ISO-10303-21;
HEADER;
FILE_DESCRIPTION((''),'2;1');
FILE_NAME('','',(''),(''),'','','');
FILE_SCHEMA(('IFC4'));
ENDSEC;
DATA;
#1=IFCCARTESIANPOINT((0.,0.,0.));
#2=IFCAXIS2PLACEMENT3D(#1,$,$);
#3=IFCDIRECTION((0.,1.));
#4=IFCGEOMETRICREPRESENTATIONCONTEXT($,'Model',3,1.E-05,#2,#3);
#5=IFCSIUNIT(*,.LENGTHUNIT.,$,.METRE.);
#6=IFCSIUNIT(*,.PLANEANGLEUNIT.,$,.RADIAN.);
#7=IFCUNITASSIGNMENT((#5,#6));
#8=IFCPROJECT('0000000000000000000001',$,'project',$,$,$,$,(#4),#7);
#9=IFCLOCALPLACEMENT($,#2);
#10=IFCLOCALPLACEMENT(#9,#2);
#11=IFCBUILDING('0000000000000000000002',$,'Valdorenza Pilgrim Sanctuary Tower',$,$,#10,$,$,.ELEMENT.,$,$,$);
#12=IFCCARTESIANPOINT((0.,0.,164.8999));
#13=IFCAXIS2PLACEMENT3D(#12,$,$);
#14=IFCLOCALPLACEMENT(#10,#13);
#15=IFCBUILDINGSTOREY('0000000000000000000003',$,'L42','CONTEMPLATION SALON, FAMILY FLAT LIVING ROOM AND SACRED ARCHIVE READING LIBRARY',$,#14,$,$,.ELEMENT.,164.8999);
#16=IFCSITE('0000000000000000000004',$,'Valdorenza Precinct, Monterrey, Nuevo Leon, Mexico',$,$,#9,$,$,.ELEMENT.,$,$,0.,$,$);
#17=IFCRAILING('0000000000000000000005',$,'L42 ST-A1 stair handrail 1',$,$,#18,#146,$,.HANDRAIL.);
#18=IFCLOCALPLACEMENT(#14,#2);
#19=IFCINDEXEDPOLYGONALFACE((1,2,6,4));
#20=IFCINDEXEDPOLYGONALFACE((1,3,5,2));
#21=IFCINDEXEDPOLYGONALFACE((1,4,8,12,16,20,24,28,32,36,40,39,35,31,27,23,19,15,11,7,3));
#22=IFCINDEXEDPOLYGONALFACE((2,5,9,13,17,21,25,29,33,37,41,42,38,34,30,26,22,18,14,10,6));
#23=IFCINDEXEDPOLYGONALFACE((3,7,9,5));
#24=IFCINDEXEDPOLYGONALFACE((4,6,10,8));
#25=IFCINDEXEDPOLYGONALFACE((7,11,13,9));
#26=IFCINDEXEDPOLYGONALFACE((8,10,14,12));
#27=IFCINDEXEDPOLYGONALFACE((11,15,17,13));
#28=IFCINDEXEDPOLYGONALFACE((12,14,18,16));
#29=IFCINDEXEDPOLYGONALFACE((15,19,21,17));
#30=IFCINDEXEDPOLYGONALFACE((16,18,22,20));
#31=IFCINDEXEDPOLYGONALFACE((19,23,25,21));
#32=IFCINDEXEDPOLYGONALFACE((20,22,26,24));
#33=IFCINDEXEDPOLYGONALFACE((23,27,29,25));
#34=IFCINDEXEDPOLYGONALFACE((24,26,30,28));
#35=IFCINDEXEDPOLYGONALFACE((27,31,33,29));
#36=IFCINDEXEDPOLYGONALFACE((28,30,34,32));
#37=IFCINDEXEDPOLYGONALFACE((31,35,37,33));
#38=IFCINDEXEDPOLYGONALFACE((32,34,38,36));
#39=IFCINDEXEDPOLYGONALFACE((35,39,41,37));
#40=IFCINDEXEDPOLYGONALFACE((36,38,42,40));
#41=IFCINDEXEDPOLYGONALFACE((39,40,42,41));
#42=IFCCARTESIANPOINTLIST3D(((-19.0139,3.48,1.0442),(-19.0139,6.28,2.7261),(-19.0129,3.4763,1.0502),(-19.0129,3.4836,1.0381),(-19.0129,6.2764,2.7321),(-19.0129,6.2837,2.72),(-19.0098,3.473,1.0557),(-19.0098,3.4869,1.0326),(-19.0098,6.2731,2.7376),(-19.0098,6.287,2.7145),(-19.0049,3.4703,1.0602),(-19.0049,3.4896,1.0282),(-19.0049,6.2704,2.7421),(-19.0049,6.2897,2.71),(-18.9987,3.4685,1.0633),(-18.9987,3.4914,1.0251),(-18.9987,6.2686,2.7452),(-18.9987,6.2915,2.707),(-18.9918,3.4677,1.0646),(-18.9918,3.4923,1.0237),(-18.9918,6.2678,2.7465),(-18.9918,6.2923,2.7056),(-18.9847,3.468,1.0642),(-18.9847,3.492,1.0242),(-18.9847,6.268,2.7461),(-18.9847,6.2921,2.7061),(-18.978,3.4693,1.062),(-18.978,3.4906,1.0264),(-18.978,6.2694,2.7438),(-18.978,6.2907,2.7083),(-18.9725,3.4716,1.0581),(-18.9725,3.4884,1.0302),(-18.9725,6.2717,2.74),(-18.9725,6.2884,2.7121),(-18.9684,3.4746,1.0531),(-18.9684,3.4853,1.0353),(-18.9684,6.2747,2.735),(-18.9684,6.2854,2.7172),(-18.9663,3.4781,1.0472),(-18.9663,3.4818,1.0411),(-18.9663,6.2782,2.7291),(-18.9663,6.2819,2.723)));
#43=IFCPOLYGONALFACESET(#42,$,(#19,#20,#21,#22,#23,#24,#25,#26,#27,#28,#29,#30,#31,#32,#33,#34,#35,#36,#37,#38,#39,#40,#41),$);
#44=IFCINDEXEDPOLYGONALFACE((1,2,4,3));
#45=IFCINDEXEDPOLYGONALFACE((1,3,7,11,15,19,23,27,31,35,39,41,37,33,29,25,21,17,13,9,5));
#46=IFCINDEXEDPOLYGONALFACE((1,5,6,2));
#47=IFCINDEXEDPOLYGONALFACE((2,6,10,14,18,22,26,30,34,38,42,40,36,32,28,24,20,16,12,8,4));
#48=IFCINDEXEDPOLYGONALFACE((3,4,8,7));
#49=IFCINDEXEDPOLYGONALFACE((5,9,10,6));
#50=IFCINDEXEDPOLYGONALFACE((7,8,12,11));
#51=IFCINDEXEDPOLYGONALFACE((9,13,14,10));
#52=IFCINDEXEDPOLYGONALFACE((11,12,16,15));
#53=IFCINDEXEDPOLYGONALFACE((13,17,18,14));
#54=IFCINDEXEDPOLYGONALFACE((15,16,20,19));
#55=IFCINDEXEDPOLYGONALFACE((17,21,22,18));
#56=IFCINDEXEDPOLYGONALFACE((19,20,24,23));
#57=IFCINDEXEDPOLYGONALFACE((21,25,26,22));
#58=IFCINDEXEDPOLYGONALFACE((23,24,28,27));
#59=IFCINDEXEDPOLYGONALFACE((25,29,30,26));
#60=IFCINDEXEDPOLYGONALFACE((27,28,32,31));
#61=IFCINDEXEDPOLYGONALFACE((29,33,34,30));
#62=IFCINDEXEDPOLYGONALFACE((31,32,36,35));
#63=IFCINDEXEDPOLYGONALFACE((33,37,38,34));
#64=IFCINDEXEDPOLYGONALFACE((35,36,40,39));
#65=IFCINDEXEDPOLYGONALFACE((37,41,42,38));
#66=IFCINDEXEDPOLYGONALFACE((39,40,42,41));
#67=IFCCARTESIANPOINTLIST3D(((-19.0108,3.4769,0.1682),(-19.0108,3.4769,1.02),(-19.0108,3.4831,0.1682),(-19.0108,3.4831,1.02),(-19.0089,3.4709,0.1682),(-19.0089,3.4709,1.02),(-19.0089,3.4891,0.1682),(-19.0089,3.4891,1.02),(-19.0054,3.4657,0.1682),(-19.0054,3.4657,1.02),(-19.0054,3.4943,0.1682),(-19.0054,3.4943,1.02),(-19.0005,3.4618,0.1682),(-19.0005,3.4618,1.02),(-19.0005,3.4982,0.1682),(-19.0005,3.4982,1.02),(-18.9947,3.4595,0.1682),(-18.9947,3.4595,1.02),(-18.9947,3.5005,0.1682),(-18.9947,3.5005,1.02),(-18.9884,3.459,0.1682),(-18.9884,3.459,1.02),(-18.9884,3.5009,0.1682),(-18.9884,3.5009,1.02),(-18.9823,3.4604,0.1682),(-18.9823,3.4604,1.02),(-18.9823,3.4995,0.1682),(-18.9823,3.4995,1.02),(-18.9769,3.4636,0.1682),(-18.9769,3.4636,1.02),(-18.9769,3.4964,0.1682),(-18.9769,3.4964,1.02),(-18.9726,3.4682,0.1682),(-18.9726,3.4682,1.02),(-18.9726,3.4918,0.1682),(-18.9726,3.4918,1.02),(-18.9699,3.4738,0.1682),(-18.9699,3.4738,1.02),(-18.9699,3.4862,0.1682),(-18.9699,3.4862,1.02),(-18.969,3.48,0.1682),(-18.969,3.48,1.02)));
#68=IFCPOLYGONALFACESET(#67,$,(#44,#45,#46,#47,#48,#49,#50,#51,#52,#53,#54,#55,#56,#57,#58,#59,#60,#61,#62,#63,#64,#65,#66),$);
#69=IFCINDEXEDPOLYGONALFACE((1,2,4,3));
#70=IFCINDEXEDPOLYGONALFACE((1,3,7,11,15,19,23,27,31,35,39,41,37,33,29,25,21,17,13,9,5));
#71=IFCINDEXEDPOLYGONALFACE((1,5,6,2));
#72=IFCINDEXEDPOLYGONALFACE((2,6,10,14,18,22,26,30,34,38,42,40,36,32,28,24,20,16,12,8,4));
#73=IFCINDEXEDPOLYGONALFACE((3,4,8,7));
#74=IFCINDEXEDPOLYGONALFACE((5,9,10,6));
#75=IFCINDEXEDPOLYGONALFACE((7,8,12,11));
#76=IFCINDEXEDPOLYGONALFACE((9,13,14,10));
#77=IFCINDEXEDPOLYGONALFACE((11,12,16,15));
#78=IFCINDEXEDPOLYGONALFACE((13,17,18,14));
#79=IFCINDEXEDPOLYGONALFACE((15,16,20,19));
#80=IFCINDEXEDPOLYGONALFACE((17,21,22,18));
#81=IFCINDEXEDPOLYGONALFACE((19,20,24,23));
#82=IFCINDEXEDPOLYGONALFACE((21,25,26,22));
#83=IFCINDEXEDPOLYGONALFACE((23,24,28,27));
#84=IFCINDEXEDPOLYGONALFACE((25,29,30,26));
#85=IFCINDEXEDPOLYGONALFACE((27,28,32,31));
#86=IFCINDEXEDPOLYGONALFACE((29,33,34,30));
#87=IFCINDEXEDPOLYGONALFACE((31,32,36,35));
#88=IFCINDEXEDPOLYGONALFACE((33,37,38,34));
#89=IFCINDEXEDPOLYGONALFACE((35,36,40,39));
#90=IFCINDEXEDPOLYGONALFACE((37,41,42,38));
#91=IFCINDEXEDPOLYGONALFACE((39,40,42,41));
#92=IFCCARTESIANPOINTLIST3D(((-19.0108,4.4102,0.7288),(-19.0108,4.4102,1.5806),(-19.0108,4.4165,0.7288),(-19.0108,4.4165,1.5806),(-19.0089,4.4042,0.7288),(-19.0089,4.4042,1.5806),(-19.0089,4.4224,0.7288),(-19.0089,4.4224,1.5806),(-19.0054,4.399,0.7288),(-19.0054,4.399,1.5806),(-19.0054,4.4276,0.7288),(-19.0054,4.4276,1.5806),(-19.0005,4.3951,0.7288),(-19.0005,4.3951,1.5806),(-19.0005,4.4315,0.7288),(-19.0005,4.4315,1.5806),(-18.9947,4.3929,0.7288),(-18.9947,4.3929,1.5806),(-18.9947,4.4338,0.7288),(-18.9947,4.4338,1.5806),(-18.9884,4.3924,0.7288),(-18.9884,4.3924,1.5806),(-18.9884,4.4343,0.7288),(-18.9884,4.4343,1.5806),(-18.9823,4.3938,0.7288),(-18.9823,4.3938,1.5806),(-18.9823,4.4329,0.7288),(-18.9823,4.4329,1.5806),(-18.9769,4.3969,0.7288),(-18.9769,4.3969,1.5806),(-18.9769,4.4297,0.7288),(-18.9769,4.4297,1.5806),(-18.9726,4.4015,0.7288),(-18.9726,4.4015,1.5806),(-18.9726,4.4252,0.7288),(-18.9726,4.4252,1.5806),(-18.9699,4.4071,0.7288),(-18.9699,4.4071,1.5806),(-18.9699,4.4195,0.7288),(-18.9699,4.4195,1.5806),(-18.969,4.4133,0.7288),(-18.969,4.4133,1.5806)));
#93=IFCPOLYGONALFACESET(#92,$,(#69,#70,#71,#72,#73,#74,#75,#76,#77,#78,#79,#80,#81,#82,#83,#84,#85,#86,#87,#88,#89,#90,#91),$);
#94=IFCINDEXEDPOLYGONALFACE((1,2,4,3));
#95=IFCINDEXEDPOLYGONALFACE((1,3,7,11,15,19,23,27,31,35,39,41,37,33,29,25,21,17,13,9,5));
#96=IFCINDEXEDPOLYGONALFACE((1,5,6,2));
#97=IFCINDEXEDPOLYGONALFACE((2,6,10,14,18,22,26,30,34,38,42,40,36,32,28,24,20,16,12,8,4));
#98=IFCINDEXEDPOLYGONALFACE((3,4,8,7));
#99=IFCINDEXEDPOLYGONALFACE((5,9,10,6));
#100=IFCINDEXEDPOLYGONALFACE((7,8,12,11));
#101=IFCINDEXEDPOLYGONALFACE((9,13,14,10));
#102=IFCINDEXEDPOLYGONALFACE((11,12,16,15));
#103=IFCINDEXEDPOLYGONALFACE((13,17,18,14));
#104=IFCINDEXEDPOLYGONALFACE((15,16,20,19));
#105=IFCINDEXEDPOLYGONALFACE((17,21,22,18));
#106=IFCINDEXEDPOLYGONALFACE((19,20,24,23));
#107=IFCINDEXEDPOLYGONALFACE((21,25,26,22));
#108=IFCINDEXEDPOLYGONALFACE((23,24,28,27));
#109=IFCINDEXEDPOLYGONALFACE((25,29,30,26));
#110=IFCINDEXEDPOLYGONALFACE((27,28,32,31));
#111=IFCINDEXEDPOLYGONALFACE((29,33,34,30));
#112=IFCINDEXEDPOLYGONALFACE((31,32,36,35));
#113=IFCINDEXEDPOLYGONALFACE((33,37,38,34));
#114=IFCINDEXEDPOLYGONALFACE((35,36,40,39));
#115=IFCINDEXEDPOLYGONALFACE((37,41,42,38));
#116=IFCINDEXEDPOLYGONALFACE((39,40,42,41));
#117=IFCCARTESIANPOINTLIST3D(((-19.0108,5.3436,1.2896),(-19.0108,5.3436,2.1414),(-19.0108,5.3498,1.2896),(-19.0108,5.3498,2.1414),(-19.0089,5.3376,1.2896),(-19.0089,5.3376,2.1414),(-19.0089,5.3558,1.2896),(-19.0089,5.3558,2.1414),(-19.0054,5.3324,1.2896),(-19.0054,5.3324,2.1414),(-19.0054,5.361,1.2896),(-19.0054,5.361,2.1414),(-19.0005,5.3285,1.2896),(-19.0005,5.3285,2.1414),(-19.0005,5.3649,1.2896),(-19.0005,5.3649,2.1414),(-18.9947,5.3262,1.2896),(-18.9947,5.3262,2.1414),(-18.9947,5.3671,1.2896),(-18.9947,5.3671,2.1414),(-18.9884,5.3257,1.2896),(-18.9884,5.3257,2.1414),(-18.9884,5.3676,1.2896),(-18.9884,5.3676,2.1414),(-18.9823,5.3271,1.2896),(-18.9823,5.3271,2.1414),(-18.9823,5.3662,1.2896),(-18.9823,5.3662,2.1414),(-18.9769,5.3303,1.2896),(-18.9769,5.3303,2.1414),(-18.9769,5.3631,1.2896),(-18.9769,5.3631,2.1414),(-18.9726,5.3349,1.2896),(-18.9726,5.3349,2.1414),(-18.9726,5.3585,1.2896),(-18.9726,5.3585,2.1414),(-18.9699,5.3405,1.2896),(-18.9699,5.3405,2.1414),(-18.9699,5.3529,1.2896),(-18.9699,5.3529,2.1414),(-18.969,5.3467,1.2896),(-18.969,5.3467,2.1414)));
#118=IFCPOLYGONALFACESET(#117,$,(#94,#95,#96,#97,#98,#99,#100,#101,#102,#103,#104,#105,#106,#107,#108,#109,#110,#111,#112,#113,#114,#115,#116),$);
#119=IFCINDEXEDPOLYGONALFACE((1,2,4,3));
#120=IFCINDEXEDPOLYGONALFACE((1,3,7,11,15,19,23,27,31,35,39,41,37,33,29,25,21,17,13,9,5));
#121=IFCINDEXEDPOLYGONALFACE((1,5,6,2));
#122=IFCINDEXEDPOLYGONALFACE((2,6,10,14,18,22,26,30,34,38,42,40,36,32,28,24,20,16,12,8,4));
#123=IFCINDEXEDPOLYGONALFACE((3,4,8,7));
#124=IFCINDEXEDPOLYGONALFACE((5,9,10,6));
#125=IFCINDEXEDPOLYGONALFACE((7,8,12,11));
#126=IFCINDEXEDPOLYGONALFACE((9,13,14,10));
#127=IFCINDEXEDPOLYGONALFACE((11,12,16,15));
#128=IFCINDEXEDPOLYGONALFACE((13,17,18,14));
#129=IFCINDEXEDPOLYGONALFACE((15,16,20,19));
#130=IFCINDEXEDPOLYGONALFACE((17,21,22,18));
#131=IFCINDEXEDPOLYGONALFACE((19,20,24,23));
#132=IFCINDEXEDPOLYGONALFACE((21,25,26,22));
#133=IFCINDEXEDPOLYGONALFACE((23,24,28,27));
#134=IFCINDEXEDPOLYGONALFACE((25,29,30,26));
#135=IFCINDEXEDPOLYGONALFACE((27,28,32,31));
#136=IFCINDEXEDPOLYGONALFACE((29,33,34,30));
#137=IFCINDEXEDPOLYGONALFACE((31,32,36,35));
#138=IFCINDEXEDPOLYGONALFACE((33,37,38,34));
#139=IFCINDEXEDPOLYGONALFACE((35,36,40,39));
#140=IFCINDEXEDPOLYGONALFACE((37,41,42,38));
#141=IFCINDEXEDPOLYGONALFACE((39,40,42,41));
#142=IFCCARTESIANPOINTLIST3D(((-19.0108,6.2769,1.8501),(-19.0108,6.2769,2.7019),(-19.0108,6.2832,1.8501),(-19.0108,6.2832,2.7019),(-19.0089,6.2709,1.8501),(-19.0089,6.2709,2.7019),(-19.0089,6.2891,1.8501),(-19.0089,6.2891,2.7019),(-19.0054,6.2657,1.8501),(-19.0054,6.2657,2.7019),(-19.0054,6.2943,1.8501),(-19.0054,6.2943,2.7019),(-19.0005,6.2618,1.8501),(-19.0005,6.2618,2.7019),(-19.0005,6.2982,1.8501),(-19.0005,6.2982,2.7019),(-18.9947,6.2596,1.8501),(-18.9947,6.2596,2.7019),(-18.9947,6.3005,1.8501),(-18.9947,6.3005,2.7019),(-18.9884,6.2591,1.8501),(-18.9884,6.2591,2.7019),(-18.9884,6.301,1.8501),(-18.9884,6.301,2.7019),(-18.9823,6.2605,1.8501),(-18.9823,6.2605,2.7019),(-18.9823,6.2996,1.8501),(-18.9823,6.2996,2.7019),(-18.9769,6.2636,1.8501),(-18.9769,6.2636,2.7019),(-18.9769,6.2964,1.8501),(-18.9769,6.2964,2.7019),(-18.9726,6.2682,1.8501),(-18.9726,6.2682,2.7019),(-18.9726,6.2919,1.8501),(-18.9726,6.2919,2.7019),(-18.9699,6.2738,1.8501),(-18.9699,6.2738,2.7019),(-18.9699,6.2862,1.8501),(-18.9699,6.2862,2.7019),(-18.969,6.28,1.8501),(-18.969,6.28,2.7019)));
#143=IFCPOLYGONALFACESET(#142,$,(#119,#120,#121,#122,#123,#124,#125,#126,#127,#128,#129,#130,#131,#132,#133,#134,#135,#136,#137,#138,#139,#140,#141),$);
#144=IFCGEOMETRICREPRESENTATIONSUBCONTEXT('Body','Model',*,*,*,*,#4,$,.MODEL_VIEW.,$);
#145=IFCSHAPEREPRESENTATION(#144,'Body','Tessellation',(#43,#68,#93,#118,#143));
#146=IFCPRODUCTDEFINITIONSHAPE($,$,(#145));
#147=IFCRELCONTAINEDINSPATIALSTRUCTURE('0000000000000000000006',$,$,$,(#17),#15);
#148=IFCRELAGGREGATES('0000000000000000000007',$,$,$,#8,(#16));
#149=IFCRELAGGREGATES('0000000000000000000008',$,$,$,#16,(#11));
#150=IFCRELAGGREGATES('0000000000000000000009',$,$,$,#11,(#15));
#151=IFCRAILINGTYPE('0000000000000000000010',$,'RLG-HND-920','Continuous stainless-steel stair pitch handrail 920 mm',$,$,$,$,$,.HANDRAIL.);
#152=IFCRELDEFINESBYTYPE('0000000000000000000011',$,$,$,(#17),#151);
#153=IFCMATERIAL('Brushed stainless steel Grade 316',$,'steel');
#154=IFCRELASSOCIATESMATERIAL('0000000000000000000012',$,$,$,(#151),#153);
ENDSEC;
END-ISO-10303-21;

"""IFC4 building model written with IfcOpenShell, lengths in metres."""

from ifc_helpers import new_model, si_unit, direction, frame, origin, origin_2d, place, context, subcontext, project, spatial, circle, extrude, material, type_object, element, save


model = new_model("IFC4")

# Units and contexts
model_context = context("Model", 3, precision=1e-05, world=origin(), true_north=direction((0.0, 1.0)))
body_context = subcontext(model_context, "Body", "Model", "MODEL_VIEW")
ifc_project = project(units=[si_unit("LENGTHUNIT", "METRE"), si_unit("PLANEANGLEUNIT", "RADIAN")], contexts=[model_context])

# Site, building, storey
site_placement = place(None, origin())
site = spatial("IfcSite", under=ifc_project, at=site_placement, Name="Valdorenza Precinct, Monterrey, Nuevo Leon, Mexico", CompositionType="ELEMENT", RefElevation=0.0)
building_placement = place(site_placement, origin())
building = spatial("IfcBuilding", under=site, at=building_placement, Name="Valdorenza Pilgrim Sanctuary Tower", CompositionType="ELEMENT")
storey_placement = place(building_placement, frame((0.0, 0.0, 164.8999)))
storey = spatial("IfcBuildingStorey", under=building, at=storey_placement, Name="L42", Description="CONTEMPLATION SALON, FAMILY FLAT LIVING ROOM AND SACRED ARCHIVE READING LIBRARY", CompositionType="ELEMENT", Elevation=164.8999)

# Shared definitions
ifc_material_1 = material(Name="Brushed stainless steel Grade 316", Category="steel")

# Railing
railing_type = type_object("IfcRailingType", Name="RLG-HND-920", Description="Continuous stainless-steel stair pitch handrail 920 mm", PredefinedType="HANDRAIL", material=ifc_material_1)
railing_placement = place(storey_placement, frame((-18.99, 3.48, 0.1682)))
element("IfcRailing", 1, at=railing_placement, inside=storey, type_object=railing_type, Name="L42 ST-A1 stair handrail 1", PredefinedType="HANDRAIL", context=body_context, shape_type="SweptSolid", body=[
    extrude(circle(Radius=0.0239, at=origin_2d()), frame((0.0, 0.0, 0.876), z_axis=(0.0, 0.857242, 0.514913), x_axis=(-1.0, 0.0, 0.0)), (0.0, 0.0, 1.0), 3.2664),
    extrude(circle(Radius=0.021, at=origin_2d()), origin(), (0.0, 0.0, 1.0), 0.8518),
    extrude(circle(Radius=0.021, at=origin_2d()), frame((0.0, 0.9333, 0.5605)), (0.0, 0.0, 1.0), 0.8518),
    extrude(circle(Radius=0.021, at=origin_2d()), frame((0.0, 1.8667, 1.1213)), (0.0, 0.0, 1.0), 0.8518),
    extrude(circle(Radius=0.021, at=origin_2d()), frame((0.0, 2.8, 1.6819)), (0.0, 0.0, 1.0), 0.8518),
])

save(model, "model.ifc")
